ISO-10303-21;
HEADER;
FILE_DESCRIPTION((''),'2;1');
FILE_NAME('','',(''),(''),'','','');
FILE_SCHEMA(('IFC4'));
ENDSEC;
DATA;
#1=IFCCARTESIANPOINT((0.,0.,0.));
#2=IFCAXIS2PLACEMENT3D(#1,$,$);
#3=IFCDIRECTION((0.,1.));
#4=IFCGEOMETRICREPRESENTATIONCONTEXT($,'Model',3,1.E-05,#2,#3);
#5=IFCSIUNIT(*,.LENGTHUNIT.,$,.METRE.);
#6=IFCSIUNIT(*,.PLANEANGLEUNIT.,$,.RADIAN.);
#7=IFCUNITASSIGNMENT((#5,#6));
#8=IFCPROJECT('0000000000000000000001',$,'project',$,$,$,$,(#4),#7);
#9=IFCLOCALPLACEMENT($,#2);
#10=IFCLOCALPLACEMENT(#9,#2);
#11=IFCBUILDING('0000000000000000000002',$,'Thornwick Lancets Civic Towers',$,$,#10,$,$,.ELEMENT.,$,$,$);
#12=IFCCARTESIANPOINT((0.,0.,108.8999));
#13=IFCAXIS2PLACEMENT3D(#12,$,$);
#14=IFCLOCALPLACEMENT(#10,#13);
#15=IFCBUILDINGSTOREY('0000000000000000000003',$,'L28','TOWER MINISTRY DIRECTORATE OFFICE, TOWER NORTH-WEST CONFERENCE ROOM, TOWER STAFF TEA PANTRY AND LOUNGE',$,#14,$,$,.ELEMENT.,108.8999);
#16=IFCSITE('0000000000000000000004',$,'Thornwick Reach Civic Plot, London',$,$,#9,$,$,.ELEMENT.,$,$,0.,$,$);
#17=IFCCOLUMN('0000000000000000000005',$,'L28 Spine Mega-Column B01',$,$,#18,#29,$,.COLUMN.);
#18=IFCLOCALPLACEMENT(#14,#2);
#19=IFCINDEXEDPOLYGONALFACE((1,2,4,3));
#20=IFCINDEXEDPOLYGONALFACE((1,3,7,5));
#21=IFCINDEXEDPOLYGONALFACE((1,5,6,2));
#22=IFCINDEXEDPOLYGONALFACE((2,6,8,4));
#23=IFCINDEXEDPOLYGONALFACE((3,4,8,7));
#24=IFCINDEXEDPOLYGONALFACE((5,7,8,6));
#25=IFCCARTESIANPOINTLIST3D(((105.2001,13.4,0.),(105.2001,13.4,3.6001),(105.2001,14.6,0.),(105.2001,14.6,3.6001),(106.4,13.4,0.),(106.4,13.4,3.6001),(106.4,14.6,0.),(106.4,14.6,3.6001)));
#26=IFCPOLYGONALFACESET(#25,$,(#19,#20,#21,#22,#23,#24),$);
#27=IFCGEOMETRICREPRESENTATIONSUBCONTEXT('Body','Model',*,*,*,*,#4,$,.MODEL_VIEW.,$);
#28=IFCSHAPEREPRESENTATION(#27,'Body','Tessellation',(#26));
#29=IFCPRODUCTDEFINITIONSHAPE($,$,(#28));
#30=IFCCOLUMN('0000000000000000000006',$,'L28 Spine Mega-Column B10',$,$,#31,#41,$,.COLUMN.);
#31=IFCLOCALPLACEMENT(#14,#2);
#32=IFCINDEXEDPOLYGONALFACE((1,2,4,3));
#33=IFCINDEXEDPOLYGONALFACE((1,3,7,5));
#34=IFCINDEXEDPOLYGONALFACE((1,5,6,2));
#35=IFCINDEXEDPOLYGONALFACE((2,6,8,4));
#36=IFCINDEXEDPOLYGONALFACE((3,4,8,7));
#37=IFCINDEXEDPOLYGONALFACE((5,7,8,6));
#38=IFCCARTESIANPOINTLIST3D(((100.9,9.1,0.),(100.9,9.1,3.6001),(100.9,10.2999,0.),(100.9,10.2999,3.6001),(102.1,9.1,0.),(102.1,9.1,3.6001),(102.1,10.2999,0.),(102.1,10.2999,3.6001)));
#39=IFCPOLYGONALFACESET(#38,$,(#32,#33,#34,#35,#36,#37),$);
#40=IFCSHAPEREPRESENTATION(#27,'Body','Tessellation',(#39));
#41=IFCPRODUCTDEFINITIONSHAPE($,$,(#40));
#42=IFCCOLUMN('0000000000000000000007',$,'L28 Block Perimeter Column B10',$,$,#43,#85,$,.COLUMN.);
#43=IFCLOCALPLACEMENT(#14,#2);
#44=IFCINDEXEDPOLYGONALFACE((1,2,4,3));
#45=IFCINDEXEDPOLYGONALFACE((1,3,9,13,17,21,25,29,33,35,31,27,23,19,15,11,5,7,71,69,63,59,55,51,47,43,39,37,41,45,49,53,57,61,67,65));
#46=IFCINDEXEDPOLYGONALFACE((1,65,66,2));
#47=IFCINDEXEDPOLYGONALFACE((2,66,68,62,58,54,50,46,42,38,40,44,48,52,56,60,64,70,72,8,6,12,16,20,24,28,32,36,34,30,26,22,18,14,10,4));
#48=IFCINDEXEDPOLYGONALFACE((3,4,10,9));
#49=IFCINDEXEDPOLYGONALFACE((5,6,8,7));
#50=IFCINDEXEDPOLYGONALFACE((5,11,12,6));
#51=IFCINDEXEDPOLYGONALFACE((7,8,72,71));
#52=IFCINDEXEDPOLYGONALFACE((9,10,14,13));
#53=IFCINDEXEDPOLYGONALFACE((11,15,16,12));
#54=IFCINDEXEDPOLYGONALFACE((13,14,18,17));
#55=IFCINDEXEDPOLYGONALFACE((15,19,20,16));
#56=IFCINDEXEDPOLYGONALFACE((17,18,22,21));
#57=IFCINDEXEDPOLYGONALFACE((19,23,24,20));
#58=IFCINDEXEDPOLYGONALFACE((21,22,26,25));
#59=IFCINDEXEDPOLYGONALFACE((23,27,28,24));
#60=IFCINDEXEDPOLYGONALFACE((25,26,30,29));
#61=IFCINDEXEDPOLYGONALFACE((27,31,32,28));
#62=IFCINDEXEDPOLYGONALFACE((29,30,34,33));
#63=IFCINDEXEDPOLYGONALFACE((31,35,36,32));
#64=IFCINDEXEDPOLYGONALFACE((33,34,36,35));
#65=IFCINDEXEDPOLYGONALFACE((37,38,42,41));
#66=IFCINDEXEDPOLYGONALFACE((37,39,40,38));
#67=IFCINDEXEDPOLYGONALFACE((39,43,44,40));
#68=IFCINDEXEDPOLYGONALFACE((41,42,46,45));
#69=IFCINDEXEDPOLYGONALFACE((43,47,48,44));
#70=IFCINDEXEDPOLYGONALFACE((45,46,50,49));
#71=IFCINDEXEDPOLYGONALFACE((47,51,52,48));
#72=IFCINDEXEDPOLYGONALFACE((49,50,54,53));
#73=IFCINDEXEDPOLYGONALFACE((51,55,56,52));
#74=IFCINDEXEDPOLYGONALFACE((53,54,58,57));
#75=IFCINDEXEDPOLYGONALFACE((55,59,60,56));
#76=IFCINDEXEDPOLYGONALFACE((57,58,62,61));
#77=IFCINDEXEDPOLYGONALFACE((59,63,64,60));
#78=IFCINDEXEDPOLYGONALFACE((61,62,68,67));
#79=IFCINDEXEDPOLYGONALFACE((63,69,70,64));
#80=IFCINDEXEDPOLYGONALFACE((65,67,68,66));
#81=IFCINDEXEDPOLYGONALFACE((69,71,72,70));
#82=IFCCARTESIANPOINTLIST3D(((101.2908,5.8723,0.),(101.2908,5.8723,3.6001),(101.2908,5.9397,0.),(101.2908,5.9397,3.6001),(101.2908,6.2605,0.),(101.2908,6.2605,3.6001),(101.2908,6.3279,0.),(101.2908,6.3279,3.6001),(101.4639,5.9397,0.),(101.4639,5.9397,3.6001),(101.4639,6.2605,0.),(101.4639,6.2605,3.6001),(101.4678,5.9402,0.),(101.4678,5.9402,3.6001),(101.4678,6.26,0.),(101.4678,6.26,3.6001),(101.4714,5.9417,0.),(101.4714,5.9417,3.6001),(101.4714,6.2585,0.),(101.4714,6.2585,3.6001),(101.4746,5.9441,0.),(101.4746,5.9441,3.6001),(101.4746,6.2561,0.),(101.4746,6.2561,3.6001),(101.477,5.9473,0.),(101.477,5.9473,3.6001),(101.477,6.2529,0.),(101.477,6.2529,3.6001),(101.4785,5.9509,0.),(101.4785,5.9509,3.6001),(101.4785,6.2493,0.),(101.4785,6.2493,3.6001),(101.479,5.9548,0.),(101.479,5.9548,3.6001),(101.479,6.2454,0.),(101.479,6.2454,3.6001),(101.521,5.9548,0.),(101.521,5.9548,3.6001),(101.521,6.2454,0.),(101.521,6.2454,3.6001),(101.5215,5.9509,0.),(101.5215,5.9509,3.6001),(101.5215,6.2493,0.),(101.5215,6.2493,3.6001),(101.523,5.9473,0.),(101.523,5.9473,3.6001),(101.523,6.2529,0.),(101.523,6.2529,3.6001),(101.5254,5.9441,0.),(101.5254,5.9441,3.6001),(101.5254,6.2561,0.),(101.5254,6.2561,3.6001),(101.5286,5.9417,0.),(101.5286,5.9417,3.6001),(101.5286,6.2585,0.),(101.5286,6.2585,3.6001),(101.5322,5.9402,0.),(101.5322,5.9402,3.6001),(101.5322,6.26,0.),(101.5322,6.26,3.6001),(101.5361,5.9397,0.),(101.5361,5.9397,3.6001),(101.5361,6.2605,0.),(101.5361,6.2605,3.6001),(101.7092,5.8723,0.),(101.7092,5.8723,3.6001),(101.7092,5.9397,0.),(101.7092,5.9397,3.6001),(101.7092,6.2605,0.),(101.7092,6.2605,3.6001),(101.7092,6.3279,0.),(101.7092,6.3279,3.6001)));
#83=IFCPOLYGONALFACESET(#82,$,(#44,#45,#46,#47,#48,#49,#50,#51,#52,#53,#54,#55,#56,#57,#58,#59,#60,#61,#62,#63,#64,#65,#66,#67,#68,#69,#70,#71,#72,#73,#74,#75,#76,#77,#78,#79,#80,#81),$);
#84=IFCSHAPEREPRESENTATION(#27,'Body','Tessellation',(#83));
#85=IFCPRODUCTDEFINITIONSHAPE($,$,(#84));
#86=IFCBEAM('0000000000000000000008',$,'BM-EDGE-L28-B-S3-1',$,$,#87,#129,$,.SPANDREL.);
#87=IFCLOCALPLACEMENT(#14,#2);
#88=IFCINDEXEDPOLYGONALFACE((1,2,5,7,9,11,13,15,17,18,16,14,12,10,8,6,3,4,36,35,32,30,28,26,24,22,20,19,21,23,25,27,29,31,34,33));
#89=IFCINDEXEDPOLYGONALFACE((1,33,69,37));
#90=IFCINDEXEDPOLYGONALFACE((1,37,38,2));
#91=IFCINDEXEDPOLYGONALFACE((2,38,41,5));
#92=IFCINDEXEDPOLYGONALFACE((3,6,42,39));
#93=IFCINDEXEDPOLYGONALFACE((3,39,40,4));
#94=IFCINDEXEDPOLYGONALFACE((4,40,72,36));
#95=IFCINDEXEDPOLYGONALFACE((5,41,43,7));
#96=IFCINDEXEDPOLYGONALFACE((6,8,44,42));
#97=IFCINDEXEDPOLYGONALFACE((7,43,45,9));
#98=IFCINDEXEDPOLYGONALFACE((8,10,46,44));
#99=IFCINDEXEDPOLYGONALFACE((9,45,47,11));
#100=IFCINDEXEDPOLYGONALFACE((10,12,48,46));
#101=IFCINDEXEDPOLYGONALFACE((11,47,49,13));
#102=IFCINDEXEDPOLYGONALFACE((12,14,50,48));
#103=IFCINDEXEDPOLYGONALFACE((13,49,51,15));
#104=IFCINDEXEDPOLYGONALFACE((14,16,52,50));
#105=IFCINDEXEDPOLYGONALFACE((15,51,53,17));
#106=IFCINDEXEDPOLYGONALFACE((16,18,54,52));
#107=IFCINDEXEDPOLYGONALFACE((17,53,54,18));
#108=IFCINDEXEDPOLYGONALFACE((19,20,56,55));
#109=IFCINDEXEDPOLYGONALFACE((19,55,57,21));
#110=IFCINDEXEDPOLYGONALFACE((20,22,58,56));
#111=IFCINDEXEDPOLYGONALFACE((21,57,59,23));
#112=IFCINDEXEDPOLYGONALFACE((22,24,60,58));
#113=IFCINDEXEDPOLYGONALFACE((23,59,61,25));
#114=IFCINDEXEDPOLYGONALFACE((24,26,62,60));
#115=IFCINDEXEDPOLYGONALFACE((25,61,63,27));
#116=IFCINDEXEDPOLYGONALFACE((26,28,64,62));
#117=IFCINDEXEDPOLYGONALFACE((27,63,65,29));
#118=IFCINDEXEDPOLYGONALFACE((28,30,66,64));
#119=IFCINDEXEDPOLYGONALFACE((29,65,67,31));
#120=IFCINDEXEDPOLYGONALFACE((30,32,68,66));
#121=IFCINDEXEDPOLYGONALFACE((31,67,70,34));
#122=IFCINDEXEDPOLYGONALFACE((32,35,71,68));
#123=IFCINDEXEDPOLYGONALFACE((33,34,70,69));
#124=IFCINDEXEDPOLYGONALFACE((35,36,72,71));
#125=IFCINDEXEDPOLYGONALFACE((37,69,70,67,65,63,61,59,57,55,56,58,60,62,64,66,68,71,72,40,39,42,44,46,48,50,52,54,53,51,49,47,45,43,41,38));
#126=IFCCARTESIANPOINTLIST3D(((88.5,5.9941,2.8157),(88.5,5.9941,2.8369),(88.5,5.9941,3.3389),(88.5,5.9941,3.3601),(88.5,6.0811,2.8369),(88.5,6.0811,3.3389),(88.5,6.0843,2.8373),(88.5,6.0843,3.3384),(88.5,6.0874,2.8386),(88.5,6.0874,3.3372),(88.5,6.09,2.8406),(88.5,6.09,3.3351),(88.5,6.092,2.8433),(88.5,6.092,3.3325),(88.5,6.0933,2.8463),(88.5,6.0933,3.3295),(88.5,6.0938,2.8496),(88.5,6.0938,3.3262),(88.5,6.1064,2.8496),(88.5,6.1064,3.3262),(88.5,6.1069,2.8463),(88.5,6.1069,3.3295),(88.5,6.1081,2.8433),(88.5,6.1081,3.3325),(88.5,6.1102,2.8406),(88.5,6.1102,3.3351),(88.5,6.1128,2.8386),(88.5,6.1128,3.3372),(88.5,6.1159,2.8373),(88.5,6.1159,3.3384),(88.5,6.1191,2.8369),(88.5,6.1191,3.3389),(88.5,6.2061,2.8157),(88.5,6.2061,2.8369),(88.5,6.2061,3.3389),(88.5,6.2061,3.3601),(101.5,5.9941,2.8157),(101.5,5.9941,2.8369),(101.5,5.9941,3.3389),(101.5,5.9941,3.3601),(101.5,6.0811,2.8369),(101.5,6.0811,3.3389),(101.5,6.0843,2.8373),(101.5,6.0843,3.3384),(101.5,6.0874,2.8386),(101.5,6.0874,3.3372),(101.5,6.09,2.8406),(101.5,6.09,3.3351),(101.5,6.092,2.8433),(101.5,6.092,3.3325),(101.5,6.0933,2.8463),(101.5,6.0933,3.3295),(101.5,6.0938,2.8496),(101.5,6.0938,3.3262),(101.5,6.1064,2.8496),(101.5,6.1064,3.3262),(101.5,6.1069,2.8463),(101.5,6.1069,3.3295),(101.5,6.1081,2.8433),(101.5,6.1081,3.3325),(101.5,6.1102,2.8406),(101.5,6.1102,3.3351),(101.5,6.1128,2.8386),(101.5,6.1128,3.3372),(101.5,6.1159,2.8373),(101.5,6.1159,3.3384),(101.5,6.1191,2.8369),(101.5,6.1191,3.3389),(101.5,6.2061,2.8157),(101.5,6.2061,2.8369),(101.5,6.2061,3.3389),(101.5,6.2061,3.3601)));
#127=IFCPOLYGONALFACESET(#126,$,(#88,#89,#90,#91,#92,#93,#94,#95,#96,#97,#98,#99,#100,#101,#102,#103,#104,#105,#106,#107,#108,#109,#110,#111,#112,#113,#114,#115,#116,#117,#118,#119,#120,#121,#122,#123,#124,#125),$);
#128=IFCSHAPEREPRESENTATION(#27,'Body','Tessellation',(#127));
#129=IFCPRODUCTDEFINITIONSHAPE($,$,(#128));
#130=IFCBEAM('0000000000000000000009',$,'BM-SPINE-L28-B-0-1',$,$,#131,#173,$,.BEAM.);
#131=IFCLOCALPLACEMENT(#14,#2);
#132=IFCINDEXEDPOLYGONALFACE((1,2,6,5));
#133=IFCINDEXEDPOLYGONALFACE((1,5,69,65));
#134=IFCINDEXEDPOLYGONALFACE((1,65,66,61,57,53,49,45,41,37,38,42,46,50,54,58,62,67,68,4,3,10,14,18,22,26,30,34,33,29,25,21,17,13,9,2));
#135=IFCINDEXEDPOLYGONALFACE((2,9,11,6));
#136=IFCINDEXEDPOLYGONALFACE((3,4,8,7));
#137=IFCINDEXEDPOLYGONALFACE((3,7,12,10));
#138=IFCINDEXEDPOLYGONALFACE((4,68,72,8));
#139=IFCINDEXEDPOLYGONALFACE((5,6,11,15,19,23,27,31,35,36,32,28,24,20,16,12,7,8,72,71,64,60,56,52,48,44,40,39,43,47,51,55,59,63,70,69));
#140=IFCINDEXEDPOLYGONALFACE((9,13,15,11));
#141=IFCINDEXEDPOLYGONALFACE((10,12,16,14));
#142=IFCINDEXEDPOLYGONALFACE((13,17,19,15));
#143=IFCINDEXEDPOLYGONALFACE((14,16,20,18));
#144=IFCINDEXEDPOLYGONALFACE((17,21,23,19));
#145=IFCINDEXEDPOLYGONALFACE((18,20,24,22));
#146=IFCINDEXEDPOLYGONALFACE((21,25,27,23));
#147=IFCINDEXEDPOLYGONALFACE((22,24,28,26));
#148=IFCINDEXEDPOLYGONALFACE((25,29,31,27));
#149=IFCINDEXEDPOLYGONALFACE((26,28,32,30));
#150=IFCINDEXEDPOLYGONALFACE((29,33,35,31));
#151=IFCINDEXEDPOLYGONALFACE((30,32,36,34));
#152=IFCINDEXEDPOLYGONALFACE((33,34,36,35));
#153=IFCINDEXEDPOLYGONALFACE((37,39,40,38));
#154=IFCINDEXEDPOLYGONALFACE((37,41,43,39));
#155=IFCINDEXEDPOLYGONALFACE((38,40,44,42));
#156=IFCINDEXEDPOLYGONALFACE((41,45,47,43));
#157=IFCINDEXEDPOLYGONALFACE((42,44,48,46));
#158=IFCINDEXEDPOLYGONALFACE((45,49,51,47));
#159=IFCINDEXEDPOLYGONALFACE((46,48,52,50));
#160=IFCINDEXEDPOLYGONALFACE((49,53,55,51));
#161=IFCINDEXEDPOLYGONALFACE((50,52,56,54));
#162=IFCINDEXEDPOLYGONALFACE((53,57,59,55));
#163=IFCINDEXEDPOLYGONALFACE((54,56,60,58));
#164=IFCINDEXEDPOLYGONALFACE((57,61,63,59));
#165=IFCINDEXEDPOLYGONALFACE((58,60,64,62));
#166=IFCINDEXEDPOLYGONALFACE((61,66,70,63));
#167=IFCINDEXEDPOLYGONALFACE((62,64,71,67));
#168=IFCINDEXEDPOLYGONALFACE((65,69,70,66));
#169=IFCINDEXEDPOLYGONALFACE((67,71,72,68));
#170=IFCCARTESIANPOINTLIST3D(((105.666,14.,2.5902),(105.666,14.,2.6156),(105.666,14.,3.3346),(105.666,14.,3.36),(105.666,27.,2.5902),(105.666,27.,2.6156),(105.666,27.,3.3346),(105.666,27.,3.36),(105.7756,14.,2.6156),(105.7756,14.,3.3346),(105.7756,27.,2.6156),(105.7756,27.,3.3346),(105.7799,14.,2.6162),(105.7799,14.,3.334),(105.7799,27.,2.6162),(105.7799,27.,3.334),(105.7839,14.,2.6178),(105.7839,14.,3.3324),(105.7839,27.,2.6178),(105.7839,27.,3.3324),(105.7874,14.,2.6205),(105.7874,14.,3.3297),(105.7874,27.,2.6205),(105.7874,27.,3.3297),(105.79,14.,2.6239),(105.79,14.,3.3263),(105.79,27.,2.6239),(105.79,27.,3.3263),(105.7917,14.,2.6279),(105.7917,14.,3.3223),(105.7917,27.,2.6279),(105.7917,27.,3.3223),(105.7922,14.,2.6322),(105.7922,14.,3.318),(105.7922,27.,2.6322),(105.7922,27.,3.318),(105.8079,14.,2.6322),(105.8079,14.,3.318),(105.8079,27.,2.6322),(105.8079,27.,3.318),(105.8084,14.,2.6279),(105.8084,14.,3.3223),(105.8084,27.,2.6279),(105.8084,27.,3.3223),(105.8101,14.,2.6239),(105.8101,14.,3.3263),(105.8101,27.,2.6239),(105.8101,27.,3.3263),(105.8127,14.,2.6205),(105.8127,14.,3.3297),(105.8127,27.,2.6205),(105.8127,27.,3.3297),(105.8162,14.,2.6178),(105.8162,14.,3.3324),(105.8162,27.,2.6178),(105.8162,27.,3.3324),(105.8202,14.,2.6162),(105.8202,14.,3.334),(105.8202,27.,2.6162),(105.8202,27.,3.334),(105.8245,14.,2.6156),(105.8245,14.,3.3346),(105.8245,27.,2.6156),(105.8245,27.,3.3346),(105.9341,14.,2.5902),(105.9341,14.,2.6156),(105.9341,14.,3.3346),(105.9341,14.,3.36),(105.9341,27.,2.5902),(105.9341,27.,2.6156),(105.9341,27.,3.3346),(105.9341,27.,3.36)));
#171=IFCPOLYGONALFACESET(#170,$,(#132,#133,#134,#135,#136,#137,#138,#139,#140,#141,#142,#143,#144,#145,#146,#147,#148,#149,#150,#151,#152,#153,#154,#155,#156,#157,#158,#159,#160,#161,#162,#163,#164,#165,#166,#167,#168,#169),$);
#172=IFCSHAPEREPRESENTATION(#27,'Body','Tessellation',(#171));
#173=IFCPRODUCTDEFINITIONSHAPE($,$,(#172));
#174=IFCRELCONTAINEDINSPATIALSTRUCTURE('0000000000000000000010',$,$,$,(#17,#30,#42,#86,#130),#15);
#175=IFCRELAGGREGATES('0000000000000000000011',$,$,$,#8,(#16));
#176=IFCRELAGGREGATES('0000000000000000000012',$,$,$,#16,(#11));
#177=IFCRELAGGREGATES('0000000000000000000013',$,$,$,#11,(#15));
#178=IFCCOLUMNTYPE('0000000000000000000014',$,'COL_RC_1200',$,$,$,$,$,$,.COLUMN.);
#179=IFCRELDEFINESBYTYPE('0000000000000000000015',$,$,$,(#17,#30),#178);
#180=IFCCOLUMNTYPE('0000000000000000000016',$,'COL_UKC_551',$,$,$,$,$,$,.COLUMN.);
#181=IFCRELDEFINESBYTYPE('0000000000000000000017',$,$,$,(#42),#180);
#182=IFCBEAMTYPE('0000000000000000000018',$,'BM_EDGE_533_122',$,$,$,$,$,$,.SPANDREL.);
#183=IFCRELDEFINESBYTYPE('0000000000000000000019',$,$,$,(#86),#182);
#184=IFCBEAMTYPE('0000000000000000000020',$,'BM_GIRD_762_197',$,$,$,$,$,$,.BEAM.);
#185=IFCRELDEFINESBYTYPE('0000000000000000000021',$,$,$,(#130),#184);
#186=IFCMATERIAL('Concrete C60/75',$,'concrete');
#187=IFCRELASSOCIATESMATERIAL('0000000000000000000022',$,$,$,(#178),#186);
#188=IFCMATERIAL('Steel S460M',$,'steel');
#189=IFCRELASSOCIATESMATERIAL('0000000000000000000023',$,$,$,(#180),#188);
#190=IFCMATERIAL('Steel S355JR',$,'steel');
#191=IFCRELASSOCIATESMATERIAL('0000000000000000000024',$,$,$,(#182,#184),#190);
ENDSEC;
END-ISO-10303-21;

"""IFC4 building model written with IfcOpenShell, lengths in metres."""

from ifc_helpers import new_model, si_unit, direction, frame, origin, origin_2d, place, context, subcontext, project, spatial, rectangle, i_section, extrude, material, material_profile, profile_set, type_object, element, save


model = new_model("IFC4")

# Units and contexts
model_context = context("Model", 3, precision=1e-05, world=origin(), true_north=direction((0.0, 1.0)))
body_context = subcontext(model_context, "Body", "Model", "MODEL_VIEW")
ifc_project = project(units=[si_unit("LENGTHUNIT", "METRE"), si_unit("PLANEANGLEUNIT", "RADIAN")], contexts=[model_context])

# Site, building, storey
site_placement = place(None, origin())
site = spatial("IfcSite", under=ifc_project, at=site_placement, Name="Thornwick Reach Civic Plot, London", CompositionType="ELEMENT", RefElevation=0.0)
building_placement = place(site_placement, origin())
building = spatial("IfcBuilding", under=site, at=building_placement, Name="Thornwick Lancets Civic Towers", CompositionType="ELEMENT")
storey_placement = place(building_placement, frame((0.0, 0.0, 108.8999)))
storey = spatial("IfcBuildingStorey", under=building, at=storey_placement, Name="L28", Description="TOWER MINISTRY DIRECTORATE OFFICE, TOWER NORTH-WEST CONFERENCE ROOM, TOWER STAFF TEA PANTRY AND LOUNGE", CompositionType="ELEMENT", Elevation=108.8999)

# Columns
ifc_material_1 = material(Name="Concrete C60/75", Category="concrete")
ifc_material_profile_1 = material_profile(ifc_material_1, rectangle(XDim=1.2, YDim=1.2, at=origin_2d()), Name="RC 1200x1200")
ifc_profile_set_1 = profile_set([ifc_material_profile_1], Name="Concrete C60/75")
column_type_1 = type_object("IfcColumnType", Name="COL_RC_1200", PredefinedType="COLUMN", material=ifc_profile_set_1)
for number, where, z_axis, x_axis, name in (
    (1, (105.8, 14.0, 0.0), (0.0, 0.0, 1.0), (1.0, 0.0, 0.0), "L28 Spine Mega-Column B01"),
    (2, (101.5, 9.7, 0.0), (0.0, 0.0, 1.0), (1.0, 0.0, 0.0), "L28 Spine Mega-Column B10"),
):
    element("IfcColumn", number, at=place(storey_placement, frame(where, z_axis=z_axis, x_axis=x_axis)), inside=storey, type_object=column_type_1, Name=name, PredefinedType="COLUMN", context=body_context, shape_type="SweptSolid", body=[
        extrude(rectangle(XDim=1.2, YDim=1.2, at=origin_2d()), origin(), (0.0, 0.0, 1.0), 3.6001),
    ])
ifc_material_2 = material(Name="Steel S460M", Category="steel")
ifc_material_profile_2 = material_profile(ifc_material_2, i_section(OverallWidth=0.4185, OverallDepth=0.4556, WebThickness=0.042, FlangeThickness=0.0674, FilletRadius=0.0151, at=origin_2d()), Name="UKC 356x406x551")
ifc_profile_set_2 = profile_set([ifc_material_profile_2], Name="Steel S460M")
column_type_2 = type_object("IfcColumnType", Name="COL_UKC_551", PredefinedType="COLUMN", material=ifc_profile_set_2)
column_placement = place(storey_placement, frame((101.5, 6.1001, 0.0), z_axis=(0.0, 0.0, 1.0), x_axis=(1.0, 0.0, 0.0)))
element("IfcColumn", 3, at=column_placement, inside=storey, type_object=column_type_2, Name="L28 Block Perimeter Column B10", PredefinedType="COLUMN", context=body_context, shape_type="SweptSolid", body=[
    extrude(i_section(OverallWidth=0.4185, OverallDepth=0.4556, WebThickness=0.042, FlangeThickness=0.0674, FilletRadius=0.0151, at=origin_2d()), origin(), (0.0, 0.0, 1.0), 3.6001),
])

# Beams
ifc_material_3 = material(Name="Steel S355JR", Category="steel")
ifc_material_profile_3 = material_profile(ifc_material_3, i_section(OverallWidth=0.2119, OverallDepth=0.5444, WebThickness=0.0127, FlangeThickness=0.0212, FilletRadius=0.0127, at=origin_2d()), Name="UKB 533x210x122")
ifc_profile_set_3 = profile_set([ifc_material_profile_3], Name="Steel S355JR")
beam_type_1 = type_object("IfcBeamType", Name="BM_EDGE_533_122", PredefinedType="SPANDREL", material=ifc_profile_set_3)
beam_1_placement = place(storey_placement, frame((101.5, 6.1001, 3.0879), z_axis=(-1.0, 0.0, 0.0), x_axis=(0.0, -1.0, 0.0)))
element("IfcBeam", 4, at=beam_1_placement, inside=storey, type_object=beam_type_1, Name="BM-EDGE-L28-B-S3-1", PredefinedType="SPANDREL", context=body_context, shape_type="SweptSolid", body=[
    extrude(i_section(OverallWidth=0.2119, OverallDepth=0.5444, WebThickness=0.0127, FlangeThickness=0.0212, FilletRadius=0.0127, at=origin_2d()), origin(), (0.0, 0.0, 1.0), 13.0),
])
ifc_material_profile_4 = material_profile(ifc_material_3, i_section(OverallWidth=0.2681, OverallDepth=0.7698, WebThickness=0.0156, FlangeThickness=0.0254, FilletRadius=0.0166, at=origin_2d()), Name="UKB 762x267x197")
ifc_profile_set_4 = profile_set([ifc_material_profile_4], Name="Steel S355JR")
beam_type_2 = type_object("IfcBeamType", Name="BM_GIRD_762_197", PredefinedType="BEAM", material=ifc_profile_set_4)
for number, where, z_axis, x_axis, name in (
    (5, (105.8, 14.0, 2.9751), (0.0, 1.0, 0.0), (-1.0, 0.0, 0.0), "BM-SPINE-L28-B-0-1"),
):
    element("IfcBeam", number, at=place(storey_placement, frame(where, z_axis=z_axis, x_axis=x_axis)), inside=storey, type_object=beam_type_2, Name=name, PredefinedType="BEAM", context=body_context, shape_type="SweptSolid", body=[
        extrude(i_section(OverallWidth=0.2681, OverallDepth=0.7698, WebThickness=0.0156, FlangeThickness=0.0254, FilletRadius=0.0166, at=origin_2d()), origin(), (0.0, 0.0, 1.0), 13.0),
    ])

save(model, "model.ifc")
